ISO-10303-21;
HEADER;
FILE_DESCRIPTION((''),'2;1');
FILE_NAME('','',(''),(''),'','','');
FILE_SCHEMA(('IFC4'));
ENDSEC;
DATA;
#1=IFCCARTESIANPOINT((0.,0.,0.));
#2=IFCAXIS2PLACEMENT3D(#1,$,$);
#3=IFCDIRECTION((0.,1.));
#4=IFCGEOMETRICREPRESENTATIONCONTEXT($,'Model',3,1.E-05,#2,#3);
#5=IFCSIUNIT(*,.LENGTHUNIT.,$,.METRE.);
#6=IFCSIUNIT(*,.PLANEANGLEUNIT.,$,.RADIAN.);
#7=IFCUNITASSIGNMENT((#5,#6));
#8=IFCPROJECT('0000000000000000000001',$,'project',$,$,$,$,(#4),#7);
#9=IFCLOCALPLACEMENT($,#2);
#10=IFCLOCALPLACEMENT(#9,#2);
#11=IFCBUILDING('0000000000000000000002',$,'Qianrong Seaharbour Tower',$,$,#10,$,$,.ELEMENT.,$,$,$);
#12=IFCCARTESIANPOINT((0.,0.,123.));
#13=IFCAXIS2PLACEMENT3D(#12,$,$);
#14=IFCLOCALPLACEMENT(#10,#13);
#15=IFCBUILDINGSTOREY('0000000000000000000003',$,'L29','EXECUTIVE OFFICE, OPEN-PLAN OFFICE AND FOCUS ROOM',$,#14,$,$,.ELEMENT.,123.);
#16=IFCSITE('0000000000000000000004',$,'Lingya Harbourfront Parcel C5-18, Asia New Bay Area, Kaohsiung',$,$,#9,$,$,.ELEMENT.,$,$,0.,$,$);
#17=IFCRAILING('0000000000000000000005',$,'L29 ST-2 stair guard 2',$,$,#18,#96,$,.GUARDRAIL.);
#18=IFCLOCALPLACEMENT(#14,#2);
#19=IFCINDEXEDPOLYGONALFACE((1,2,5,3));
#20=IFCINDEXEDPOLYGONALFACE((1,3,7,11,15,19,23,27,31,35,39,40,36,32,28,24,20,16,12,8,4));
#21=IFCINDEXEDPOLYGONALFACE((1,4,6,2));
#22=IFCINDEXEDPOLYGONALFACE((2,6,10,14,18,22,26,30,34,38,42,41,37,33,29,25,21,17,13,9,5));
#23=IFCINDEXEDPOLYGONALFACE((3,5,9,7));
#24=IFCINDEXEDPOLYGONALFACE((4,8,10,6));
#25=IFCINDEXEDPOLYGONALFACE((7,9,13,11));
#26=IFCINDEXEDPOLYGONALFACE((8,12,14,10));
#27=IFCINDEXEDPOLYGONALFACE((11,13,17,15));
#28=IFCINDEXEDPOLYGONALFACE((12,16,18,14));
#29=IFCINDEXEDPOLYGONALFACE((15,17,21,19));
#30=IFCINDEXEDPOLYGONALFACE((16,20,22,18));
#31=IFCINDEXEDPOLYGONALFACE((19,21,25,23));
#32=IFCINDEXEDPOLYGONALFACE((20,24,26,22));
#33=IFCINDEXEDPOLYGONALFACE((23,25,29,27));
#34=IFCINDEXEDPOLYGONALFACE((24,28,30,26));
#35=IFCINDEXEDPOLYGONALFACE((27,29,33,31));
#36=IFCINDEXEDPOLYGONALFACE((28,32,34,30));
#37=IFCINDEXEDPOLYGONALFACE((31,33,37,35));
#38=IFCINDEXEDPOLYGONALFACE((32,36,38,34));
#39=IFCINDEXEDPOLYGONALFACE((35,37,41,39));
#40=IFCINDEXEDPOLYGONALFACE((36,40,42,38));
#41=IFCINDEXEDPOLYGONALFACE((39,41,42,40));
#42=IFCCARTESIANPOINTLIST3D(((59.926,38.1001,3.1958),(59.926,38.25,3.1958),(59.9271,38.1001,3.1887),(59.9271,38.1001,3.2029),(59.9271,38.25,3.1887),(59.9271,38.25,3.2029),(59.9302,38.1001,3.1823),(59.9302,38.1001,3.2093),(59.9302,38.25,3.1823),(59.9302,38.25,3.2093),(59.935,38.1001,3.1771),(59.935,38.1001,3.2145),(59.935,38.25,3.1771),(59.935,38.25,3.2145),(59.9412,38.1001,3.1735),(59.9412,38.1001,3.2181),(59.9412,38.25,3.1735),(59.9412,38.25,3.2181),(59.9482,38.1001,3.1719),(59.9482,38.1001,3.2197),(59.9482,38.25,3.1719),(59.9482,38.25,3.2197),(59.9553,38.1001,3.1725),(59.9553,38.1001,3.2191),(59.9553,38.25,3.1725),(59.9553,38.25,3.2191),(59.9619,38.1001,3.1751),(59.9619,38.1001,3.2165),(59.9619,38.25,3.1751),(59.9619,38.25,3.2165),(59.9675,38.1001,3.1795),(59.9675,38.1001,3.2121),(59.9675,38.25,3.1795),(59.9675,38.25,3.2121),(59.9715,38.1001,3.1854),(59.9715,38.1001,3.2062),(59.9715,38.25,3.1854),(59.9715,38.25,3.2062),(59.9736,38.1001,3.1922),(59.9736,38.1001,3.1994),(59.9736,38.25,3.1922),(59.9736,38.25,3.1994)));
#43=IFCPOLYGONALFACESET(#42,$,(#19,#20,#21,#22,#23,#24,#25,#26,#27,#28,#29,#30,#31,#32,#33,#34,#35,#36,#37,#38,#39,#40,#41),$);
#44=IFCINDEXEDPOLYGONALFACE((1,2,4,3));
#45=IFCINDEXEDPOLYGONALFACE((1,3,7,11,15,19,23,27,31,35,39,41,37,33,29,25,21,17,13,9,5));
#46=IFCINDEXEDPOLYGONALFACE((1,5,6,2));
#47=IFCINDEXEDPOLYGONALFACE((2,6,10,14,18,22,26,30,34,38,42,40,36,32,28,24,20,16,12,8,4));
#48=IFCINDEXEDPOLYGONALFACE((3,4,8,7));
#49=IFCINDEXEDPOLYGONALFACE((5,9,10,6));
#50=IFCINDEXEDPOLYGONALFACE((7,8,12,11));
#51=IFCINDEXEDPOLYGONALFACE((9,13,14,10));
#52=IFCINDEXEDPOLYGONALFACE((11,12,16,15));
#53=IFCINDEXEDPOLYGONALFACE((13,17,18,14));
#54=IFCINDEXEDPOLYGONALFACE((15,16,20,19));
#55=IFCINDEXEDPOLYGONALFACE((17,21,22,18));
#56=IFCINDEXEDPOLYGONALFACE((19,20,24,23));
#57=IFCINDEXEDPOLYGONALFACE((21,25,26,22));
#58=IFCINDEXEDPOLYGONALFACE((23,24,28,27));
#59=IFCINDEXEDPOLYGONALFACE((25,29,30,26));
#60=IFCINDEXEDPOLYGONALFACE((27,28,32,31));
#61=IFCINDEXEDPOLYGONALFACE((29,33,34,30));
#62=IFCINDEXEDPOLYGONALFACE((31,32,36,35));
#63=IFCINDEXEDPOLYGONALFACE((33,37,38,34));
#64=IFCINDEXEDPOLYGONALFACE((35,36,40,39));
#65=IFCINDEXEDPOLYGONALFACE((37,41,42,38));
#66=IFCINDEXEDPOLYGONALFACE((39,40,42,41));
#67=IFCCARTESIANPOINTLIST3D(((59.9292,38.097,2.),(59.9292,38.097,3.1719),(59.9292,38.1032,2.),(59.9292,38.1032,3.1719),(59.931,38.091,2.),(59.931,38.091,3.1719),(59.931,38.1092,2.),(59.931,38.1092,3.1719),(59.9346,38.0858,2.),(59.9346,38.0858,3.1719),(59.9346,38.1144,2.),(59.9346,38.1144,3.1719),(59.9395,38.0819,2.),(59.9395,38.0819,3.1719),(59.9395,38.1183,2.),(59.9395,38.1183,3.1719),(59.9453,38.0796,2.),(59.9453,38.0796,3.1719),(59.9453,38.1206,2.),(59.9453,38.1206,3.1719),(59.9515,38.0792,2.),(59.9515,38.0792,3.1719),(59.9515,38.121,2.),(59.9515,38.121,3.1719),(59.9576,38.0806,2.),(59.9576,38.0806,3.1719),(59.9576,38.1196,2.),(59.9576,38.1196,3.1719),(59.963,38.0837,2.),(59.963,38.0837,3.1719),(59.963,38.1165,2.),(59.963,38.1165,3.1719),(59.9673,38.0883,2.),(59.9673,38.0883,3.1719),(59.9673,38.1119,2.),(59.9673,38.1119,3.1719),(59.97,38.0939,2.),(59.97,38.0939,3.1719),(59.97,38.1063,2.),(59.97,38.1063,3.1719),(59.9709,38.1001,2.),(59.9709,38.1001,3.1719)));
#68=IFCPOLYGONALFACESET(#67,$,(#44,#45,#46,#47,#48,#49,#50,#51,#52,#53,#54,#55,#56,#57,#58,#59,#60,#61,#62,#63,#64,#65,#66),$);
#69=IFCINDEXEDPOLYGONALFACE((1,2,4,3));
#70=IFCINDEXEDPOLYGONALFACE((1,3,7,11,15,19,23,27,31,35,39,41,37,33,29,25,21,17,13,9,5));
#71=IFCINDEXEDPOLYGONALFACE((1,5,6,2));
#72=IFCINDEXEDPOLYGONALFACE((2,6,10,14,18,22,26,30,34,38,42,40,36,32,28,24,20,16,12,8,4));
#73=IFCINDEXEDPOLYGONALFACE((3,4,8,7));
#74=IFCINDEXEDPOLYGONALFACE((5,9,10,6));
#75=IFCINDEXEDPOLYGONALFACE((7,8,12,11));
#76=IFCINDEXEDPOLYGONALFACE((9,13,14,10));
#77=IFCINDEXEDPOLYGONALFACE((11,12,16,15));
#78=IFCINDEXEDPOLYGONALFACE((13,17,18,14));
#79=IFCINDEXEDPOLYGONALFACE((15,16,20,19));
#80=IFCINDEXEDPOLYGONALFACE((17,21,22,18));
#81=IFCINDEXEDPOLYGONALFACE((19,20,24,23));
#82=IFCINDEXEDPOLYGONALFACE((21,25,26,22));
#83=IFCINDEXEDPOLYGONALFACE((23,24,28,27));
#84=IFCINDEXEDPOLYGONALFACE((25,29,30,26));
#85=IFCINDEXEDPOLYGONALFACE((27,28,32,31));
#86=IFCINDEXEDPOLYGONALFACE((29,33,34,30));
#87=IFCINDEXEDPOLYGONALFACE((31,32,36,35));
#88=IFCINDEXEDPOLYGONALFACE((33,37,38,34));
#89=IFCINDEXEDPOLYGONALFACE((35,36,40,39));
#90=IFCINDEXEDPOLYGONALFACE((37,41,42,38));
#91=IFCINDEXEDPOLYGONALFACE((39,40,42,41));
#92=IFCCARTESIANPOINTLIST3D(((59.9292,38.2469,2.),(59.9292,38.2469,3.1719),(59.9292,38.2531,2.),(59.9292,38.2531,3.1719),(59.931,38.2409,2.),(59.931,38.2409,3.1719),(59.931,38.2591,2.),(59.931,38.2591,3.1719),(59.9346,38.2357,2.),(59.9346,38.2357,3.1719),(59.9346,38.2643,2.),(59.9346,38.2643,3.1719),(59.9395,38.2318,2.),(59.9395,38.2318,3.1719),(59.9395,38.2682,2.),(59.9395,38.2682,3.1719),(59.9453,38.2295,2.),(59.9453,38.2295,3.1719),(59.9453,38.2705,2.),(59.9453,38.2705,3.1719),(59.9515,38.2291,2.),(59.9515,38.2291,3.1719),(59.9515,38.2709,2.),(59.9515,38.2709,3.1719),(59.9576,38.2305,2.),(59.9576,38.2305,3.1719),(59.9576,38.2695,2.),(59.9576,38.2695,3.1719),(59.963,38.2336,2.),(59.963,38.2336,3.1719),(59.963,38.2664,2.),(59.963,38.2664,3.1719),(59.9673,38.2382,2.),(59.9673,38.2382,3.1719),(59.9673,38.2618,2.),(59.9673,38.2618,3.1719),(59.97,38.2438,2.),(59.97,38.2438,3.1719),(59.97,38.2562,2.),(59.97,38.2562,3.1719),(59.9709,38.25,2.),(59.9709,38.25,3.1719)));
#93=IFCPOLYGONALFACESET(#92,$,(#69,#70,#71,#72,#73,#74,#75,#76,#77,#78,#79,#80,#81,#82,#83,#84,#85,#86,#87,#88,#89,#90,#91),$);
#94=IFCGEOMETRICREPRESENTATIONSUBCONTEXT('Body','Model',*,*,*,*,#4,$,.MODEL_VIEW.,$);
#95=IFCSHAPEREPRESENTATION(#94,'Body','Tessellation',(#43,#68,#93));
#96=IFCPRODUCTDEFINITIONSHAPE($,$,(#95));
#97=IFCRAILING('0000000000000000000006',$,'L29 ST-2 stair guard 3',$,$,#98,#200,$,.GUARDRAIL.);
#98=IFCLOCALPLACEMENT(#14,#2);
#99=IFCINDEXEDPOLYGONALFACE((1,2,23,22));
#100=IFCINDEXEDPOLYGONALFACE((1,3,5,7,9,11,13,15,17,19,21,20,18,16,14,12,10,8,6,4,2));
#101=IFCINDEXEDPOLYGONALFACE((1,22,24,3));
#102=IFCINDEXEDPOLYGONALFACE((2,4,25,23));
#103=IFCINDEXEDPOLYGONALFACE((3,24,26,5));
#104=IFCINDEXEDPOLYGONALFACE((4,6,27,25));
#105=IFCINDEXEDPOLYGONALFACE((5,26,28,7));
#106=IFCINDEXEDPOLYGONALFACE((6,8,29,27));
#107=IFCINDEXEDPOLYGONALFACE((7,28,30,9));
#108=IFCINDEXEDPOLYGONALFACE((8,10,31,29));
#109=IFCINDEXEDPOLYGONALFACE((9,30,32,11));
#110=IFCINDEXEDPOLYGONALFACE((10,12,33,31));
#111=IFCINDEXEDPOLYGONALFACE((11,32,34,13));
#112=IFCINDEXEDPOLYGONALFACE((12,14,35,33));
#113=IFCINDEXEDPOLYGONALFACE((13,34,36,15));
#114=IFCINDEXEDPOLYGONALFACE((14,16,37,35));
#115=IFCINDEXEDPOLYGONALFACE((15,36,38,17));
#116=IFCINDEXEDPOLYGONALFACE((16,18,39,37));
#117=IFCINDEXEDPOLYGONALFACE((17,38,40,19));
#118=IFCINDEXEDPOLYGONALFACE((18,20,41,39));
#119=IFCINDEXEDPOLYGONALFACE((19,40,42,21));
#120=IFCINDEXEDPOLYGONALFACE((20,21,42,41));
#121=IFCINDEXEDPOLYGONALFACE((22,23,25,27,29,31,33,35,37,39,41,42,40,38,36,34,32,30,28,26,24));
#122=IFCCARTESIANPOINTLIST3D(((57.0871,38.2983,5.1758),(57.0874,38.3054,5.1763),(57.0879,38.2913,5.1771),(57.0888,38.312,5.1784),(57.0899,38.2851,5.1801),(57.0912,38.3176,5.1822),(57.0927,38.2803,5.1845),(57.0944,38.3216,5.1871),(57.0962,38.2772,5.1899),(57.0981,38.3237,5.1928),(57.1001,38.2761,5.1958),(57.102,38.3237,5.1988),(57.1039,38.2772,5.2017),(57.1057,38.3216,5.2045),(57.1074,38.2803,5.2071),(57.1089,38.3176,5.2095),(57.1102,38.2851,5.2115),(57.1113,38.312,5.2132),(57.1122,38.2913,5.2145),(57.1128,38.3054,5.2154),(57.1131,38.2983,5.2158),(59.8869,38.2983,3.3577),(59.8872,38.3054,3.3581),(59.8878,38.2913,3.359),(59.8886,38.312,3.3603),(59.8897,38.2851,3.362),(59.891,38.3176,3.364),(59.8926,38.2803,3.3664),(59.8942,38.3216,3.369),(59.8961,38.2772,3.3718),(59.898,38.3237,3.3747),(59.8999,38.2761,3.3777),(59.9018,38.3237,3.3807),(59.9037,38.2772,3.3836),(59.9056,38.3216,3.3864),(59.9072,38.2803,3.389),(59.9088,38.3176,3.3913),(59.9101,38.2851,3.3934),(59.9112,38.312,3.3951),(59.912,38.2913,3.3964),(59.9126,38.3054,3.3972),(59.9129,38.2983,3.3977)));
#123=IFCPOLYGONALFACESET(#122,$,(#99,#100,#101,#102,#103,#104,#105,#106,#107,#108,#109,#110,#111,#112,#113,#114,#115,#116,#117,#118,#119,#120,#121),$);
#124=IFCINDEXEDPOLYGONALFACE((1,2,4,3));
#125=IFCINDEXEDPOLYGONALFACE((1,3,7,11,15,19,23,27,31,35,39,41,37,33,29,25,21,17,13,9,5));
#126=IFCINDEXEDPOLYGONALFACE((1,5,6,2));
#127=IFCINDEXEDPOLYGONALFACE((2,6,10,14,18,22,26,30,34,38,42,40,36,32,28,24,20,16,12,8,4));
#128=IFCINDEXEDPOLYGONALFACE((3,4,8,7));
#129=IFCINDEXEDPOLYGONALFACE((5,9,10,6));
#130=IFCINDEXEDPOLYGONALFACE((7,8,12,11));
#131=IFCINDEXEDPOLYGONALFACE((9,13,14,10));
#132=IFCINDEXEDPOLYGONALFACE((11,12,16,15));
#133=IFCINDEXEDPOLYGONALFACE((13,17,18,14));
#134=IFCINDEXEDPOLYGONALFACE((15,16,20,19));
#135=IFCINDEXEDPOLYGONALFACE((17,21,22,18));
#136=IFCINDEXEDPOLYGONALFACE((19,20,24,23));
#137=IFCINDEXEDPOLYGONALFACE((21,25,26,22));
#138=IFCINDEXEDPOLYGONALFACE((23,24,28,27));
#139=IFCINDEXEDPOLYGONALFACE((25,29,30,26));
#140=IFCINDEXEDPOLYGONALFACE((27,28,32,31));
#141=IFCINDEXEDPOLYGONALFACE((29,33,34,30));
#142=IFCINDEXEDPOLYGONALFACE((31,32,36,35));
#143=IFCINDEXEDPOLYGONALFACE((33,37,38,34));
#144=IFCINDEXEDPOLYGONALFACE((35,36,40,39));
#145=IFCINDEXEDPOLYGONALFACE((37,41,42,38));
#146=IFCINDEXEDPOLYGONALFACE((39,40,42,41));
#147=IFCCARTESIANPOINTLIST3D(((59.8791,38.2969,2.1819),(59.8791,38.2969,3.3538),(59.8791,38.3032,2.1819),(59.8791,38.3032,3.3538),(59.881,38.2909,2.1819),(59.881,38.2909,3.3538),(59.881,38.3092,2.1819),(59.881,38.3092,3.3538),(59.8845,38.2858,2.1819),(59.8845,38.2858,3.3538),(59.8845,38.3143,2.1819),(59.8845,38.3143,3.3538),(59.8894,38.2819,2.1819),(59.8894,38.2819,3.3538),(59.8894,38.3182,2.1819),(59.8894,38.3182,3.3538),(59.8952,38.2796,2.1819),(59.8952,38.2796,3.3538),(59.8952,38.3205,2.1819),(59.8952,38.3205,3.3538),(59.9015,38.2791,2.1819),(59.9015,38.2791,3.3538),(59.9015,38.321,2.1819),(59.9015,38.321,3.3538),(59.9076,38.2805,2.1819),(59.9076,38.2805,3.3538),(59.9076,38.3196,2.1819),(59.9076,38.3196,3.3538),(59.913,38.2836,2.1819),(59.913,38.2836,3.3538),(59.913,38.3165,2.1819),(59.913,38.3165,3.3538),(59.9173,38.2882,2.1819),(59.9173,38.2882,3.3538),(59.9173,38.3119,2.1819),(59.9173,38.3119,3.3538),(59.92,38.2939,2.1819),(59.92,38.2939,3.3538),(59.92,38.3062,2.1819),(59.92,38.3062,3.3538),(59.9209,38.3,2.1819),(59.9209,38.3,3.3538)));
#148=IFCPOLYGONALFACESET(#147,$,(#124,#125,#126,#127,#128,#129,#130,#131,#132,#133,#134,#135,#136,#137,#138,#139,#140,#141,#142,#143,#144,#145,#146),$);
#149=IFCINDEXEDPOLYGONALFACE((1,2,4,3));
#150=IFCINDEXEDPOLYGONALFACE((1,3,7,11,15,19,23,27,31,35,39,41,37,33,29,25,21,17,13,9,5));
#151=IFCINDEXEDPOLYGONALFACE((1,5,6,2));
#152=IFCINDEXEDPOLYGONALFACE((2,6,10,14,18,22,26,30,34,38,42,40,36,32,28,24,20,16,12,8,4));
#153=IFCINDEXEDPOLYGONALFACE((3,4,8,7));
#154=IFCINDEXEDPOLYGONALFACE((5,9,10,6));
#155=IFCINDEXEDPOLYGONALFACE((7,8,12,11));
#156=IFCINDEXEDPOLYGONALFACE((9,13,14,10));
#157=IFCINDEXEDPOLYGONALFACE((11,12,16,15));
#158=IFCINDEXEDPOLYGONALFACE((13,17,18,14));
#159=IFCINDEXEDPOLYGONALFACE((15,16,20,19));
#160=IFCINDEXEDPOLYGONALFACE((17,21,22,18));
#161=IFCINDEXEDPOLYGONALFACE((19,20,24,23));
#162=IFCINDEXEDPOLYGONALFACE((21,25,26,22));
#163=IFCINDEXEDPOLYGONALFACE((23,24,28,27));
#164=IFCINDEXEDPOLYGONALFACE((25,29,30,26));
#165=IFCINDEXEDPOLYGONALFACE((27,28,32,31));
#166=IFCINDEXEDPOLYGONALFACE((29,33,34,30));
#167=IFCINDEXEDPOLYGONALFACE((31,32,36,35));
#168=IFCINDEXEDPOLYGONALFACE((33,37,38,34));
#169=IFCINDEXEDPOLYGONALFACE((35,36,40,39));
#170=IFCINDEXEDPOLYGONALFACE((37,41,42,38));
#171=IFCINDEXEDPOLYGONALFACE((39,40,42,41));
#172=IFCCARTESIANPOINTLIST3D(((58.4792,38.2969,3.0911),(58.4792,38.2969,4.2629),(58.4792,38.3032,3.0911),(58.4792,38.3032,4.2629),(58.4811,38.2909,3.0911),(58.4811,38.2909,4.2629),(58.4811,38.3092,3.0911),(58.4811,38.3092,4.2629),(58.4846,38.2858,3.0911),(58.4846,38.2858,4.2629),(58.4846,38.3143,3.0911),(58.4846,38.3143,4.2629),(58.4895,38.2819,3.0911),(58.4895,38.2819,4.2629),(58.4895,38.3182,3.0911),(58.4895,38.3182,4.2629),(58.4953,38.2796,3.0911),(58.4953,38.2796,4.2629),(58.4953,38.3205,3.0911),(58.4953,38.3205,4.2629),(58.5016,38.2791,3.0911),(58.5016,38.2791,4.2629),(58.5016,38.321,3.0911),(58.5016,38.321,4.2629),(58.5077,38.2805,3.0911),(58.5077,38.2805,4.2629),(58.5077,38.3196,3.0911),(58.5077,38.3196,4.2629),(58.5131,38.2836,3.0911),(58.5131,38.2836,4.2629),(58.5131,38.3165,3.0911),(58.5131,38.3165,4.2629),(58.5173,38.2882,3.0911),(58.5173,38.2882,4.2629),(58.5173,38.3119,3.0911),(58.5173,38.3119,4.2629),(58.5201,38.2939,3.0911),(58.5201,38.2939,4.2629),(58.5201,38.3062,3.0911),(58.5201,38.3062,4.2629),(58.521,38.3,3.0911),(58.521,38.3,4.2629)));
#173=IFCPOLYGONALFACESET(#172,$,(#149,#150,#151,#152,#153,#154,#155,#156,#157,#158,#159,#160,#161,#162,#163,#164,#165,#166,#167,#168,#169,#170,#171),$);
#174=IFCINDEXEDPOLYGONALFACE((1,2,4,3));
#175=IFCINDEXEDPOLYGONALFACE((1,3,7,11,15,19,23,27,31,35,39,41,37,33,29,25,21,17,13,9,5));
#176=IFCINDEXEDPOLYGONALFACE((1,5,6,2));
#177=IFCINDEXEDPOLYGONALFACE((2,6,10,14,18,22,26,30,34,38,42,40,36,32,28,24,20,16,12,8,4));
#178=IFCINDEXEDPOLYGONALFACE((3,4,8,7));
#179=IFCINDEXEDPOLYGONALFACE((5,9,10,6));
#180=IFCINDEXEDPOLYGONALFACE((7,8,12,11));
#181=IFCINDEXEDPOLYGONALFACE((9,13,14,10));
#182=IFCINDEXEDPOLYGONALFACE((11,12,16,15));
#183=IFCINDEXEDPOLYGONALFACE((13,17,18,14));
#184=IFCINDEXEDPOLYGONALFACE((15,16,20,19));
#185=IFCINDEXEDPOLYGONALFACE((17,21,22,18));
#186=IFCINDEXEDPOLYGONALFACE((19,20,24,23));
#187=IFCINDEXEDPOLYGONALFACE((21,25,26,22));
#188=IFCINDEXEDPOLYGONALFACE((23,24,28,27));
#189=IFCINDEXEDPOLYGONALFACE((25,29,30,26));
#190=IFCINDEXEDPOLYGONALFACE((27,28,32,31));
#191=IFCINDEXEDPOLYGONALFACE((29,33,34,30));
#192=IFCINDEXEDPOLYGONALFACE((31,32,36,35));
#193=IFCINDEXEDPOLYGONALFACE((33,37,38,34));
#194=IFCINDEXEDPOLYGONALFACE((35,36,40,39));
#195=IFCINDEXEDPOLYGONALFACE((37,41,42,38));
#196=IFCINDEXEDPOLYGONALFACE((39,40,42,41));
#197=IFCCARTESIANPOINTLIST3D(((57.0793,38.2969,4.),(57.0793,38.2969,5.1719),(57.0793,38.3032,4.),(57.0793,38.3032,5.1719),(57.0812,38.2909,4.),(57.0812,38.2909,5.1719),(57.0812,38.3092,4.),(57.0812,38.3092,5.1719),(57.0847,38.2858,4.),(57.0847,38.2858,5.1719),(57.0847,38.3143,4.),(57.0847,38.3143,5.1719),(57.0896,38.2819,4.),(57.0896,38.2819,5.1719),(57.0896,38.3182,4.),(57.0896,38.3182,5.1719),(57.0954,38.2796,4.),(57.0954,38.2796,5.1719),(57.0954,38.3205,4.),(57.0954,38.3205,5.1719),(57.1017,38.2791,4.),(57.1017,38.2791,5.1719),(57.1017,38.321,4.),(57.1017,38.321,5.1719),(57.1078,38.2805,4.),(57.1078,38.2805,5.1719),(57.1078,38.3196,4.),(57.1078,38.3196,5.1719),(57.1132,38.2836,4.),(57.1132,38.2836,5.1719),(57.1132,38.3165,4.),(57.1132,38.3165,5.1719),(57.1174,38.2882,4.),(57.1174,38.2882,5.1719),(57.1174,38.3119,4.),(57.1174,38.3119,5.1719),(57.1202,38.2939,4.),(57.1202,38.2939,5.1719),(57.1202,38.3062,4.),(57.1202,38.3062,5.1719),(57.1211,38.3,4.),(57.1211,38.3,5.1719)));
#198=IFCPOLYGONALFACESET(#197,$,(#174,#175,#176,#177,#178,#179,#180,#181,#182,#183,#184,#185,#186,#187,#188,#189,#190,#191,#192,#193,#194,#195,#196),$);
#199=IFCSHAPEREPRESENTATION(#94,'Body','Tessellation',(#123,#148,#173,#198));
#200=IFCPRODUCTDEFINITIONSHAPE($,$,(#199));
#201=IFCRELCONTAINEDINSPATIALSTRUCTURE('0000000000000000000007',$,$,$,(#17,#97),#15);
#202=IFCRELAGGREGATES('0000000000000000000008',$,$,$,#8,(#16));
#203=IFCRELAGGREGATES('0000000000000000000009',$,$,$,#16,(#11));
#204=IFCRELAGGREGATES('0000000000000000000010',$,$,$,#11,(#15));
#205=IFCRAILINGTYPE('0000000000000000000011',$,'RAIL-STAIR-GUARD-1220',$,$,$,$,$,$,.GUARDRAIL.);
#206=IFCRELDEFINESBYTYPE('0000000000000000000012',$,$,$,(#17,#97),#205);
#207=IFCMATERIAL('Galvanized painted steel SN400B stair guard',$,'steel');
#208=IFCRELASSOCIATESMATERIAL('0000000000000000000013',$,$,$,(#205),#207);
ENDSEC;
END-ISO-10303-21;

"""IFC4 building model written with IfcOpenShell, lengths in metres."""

from ifc_helpers import new_model, si_unit, direction, frame, origin, origin_2d, place, context, subcontext, project, spatial, circle, extrude, material, type_object, element, save


model = new_model("IFC4")

# Units and contexts
model_context = context("Model", 3, precision=1e-05, world=origin(), true_north=direction((0.0, 1.0)))
body_context = subcontext(model_context, "Body", "Model", "MODEL_VIEW")
ifc_project = project(units=[si_unit("LENGTHUNIT", "METRE"), si_unit("PLANEANGLEUNIT", "RADIAN")], contexts=[model_context])

# Site, building, storey
site_placement = place(None, origin())
site = spatial("IfcSite", under=ifc_project, at=site_placement, Name="Lingya Harbourfront Parcel C5-18, Asia New Bay Area, Kaohsiung", CompositionType="ELEMENT", RefElevation=0.0)
building_placement = place(site_placement, origin())
building = spatial("IfcBuilding", under=site, at=building_placement, Name="Qianrong Seaharbour Tower", CompositionType="ELEMENT")
storey_placement = place(building_placement, frame((0.0, 0.0, 123.0)))
storey = spatial("IfcBuildingStorey", under=building, at=storey_placement, Name="L29", Description="EXECUTIVE OFFICE, OPEN-PLAN OFFICE AND FOCUS ROOM", CompositionType="ELEMENT", Elevation=123.0)

# Railings
ifc_material_1 = material(Name="Galvanized painted steel SN400B stair guard", Category="steel")
railing_type_1 = type_object("IfcRailingType", Name="RAIL-STAIR-GUARD-1220", PredefinedType="GUARDRAIL", material=ifc_material_1)
railing_1_placement = place(storey_placement, frame((59.95, 38.1001, 2.0)))
element("IfcRailing", 1, at=railing_1_placement, inside=storey, type_object=railing_type_1, Name="L29 ST-2 stair guard 2", PredefinedType="GUARDRAIL", context=body_context, shape_type="SweptSolid", body=[
    extrude(circle(Radius=0.0239, at=origin_2d()), frame((0.0, 0.0, 1.1958), z_axis=(0.0, 1.0, 0.0), x_axis=(-1.0, 0.0, 0.0)), (0.0, 0.0, 1.0), 0.1499),
    extrude(circle(Radius=0.021, at=origin_2d()), origin(), (0.0, 0.0, 1.0), 1.1719),
    extrude(circle(Radius=0.021, at=origin_2d()), frame((0.0, 0.1499, 0.0)), (0.0, 0.0, 1.0), 1.1719),
])
railing_2_placement = place(storey_placement, frame((59.8999, 38.3, 2.1819)))
element("IfcRailing", 2, at=railing_2_placement, inside=storey, type_object=railing_type_1, Name="L29 ST-2 stair guard 3", PredefinedType="GUARDRAIL", context=body_context, shape_type="SweptSolid", body=[
    extrude(circle(Radius=0.0239, at=origin_2d()), frame((0.0, 0.0, 1.1958), z_axis=(-0.838684, 0.0, 0.544618), x_axis=(0.0, -1.0, 0.0)), (0.0, 0.0, 1.0), 3.3384),
    extrude(circle(Radius=0.021, at=origin_2d()), origin(), (0.0, 0.0, 1.0), 1.1719),
    extrude(circle(Radius=0.021, at=origin_2d()), frame((-1.3999, 0.0, 0.9092)), (0.0, 0.0, 1.0), 1.1719),
    extrude(circle(Radius=0.021, at=origin_2d()), frame((-2.7998, 0.0, 1.8181)), (0.0, 0.0, 1.0), 1.1719),
])

save(model, "model.ifc")
